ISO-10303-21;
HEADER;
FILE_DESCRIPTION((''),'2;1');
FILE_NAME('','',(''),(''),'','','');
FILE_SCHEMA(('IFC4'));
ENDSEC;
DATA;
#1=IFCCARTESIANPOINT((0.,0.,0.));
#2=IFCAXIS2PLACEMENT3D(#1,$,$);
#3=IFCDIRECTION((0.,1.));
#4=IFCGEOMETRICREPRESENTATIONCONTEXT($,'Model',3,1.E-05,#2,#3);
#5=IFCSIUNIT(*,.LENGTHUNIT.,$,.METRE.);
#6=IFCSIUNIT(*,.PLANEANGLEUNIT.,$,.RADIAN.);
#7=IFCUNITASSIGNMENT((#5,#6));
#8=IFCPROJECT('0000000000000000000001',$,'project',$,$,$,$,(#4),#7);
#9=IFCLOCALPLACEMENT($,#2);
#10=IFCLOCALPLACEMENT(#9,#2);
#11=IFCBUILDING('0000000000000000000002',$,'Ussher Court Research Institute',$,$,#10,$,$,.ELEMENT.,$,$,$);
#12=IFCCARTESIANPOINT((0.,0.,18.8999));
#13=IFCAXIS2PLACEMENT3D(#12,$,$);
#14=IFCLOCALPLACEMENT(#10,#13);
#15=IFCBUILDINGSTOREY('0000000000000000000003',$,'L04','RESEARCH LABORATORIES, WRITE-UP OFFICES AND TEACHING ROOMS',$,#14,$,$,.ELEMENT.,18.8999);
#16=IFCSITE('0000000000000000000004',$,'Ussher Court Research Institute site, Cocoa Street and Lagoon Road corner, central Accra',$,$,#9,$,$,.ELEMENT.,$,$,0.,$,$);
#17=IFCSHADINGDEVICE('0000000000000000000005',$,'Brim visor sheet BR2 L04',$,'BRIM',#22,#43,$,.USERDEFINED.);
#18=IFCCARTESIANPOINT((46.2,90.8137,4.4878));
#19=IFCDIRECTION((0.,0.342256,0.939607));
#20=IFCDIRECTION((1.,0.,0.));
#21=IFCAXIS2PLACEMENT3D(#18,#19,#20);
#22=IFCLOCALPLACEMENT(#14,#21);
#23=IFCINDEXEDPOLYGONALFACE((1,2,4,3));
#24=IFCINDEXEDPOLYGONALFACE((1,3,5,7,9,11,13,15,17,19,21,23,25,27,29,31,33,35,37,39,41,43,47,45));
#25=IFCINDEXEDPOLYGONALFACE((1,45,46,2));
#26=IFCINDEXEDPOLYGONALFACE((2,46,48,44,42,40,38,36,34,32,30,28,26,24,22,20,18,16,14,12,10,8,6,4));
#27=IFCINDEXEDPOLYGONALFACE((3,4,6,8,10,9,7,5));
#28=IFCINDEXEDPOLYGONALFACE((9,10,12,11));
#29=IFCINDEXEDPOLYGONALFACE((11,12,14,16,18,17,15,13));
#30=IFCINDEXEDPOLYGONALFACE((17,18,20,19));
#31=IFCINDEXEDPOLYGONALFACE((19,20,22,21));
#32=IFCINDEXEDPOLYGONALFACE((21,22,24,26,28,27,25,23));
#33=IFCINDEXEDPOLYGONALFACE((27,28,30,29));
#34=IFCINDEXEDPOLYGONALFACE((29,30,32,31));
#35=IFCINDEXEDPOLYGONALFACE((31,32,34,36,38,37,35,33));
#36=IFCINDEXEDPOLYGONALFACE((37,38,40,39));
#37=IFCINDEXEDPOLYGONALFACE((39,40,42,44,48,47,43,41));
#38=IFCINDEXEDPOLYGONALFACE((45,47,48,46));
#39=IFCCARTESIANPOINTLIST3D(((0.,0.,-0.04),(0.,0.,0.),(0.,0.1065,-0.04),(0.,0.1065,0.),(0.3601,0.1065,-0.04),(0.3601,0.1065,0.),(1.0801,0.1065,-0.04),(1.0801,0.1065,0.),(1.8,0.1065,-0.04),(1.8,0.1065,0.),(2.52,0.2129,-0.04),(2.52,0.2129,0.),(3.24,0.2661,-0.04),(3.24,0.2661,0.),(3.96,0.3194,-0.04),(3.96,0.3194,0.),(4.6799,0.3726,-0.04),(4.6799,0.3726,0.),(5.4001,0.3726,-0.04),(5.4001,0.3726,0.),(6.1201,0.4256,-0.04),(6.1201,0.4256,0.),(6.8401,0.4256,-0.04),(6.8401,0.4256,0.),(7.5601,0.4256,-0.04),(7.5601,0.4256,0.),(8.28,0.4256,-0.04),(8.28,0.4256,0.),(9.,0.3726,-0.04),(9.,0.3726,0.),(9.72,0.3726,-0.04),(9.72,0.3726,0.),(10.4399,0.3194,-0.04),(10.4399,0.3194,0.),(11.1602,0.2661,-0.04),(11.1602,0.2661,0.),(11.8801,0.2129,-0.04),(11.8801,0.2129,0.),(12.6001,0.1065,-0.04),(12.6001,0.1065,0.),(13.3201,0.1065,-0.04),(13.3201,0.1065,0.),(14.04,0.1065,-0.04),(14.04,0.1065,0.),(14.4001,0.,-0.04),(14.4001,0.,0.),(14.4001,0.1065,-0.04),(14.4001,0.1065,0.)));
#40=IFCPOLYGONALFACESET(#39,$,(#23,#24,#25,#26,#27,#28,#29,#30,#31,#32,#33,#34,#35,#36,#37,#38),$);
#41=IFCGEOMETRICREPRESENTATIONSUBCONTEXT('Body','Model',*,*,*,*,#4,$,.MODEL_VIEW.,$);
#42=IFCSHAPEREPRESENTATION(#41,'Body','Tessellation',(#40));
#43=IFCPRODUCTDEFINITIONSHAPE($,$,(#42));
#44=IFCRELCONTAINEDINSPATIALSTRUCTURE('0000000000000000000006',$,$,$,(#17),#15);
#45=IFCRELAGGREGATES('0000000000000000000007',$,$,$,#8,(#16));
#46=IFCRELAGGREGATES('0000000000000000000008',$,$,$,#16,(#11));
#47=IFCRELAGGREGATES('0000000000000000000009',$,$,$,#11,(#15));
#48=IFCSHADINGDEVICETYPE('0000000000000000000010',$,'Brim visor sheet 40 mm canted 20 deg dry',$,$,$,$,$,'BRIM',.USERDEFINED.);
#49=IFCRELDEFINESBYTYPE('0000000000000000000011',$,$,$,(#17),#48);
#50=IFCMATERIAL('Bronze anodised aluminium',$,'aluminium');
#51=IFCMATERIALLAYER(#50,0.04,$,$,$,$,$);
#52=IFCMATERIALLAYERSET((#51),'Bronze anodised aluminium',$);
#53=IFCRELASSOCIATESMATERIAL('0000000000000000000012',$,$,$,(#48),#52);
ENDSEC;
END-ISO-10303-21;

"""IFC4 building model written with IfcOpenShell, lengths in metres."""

from ifc_helpers import new_model, si_unit, direction, frame, origin, place, context, subcontext, project, spatial, polyline, outline, extrude, material, layer, layer_set, type_object, element, save


model = new_model("IFC4")

# Units and contexts
model_context = context("Model", 3, precision=1e-05, world=origin(), true_north=direction((0.0, 1.0)))
body_context = subcontext(model_context, "Body", "Model", "MODEL_VIEW")
ifc_project = project(units=[si_unit("LENGTHUNIT", "METRE"), si_unit("PLANEANGLEUNIT", "RADIAN")], contexts=[model_context])

# Site, building, storey
site_placement = place(None, origin())
site = spatial("IfcSite", under=ifc_project, at=site_placement, Name="Ussher Court Research Institute site, Cocoa Street and Lagoon Road corner, central Accra", CompositionType="ELEMENT", RefElevation=0.0)
building_placement = place(site_placement, origin())
building = spatial("IfcBuilding", under=site, at=building_placement, Name="Ussher Court Research Institute", CompositionType="ELEMENT")
storey_placement = place(building_placement, frame((0.0, 0.0, 18.8999)))
storey = spatial("IfcBuildingStorey", under=building, at=storey_placement, Name="L04", Description="RESEARCH LABORATORIES, WRITE-UP OFFICES AND TEACHING ROOMS", CompositionType="ELEMENT", Elevation=18.8999)

# Shading device
ifc_material_1 = material(Name="Bronze anodised aluminium", Category="aluminium")
ifc_layer_1 = layer(ifc_material_1, 0.04)
ifc_layer_set_1 = layer_set([ifc_layer_1], Name="Bronze anodised aluminium")
shading_device_type_1 = type_object("IfcShadingDeviceType", Name="Brim visor sheet 40 mm canted 20 deg dry", ElementType="BRIM", PredefinedType="USERDEFINED", material=ifc_layer_set_1)
shading_device_1_placement = place(storey_placement, frame((46.2, 90.8137, 4.4878), z_axis=(0.0, 0.342256, 0.939607), x_axis=(1.0, 0.0, 0.0)))
element("IfcShadingDevice", 1, at=shading_device_1_placement, inside=storey, type_object=shading_device_type_1, Name="Brim visor sheet BR2 L04", ObjectType="BRIM", PredefinedType="USERDEFINED", context=body_context, shape_type="SweptSolid", body=[
    extrude(outline(polyline([(0.0, 0.0), (14.4001, 0.0), (14.4001, 0.1065), (14.04, 0.1065), (13.3201, 0.1065), (12.6001, 0.1065), (11.8801, 0.2129), (11.1602, 0.2661), (10.4399, 0.3194), (9.72, 0.3726), (9.0, 0.3726), (8.28, 0.4256), (7.5601, 0.4256), (6.8401, 0.4256), (6.1201, 0.4256), (5.4001, 0.3726), (4.6799, 0.3726), (3.96, 0.3194), (3.24, 0.2661), (2.52, 0.2129), (1.8, 0.1065), (1.0801, 0.1065), (0.3601, 0.1065), (0.0, 0.1065), (0.0, 0.0)])), origin(), (0.0, 0.0, -1.0), 0.04),
])

save(model, "model.ifc")
